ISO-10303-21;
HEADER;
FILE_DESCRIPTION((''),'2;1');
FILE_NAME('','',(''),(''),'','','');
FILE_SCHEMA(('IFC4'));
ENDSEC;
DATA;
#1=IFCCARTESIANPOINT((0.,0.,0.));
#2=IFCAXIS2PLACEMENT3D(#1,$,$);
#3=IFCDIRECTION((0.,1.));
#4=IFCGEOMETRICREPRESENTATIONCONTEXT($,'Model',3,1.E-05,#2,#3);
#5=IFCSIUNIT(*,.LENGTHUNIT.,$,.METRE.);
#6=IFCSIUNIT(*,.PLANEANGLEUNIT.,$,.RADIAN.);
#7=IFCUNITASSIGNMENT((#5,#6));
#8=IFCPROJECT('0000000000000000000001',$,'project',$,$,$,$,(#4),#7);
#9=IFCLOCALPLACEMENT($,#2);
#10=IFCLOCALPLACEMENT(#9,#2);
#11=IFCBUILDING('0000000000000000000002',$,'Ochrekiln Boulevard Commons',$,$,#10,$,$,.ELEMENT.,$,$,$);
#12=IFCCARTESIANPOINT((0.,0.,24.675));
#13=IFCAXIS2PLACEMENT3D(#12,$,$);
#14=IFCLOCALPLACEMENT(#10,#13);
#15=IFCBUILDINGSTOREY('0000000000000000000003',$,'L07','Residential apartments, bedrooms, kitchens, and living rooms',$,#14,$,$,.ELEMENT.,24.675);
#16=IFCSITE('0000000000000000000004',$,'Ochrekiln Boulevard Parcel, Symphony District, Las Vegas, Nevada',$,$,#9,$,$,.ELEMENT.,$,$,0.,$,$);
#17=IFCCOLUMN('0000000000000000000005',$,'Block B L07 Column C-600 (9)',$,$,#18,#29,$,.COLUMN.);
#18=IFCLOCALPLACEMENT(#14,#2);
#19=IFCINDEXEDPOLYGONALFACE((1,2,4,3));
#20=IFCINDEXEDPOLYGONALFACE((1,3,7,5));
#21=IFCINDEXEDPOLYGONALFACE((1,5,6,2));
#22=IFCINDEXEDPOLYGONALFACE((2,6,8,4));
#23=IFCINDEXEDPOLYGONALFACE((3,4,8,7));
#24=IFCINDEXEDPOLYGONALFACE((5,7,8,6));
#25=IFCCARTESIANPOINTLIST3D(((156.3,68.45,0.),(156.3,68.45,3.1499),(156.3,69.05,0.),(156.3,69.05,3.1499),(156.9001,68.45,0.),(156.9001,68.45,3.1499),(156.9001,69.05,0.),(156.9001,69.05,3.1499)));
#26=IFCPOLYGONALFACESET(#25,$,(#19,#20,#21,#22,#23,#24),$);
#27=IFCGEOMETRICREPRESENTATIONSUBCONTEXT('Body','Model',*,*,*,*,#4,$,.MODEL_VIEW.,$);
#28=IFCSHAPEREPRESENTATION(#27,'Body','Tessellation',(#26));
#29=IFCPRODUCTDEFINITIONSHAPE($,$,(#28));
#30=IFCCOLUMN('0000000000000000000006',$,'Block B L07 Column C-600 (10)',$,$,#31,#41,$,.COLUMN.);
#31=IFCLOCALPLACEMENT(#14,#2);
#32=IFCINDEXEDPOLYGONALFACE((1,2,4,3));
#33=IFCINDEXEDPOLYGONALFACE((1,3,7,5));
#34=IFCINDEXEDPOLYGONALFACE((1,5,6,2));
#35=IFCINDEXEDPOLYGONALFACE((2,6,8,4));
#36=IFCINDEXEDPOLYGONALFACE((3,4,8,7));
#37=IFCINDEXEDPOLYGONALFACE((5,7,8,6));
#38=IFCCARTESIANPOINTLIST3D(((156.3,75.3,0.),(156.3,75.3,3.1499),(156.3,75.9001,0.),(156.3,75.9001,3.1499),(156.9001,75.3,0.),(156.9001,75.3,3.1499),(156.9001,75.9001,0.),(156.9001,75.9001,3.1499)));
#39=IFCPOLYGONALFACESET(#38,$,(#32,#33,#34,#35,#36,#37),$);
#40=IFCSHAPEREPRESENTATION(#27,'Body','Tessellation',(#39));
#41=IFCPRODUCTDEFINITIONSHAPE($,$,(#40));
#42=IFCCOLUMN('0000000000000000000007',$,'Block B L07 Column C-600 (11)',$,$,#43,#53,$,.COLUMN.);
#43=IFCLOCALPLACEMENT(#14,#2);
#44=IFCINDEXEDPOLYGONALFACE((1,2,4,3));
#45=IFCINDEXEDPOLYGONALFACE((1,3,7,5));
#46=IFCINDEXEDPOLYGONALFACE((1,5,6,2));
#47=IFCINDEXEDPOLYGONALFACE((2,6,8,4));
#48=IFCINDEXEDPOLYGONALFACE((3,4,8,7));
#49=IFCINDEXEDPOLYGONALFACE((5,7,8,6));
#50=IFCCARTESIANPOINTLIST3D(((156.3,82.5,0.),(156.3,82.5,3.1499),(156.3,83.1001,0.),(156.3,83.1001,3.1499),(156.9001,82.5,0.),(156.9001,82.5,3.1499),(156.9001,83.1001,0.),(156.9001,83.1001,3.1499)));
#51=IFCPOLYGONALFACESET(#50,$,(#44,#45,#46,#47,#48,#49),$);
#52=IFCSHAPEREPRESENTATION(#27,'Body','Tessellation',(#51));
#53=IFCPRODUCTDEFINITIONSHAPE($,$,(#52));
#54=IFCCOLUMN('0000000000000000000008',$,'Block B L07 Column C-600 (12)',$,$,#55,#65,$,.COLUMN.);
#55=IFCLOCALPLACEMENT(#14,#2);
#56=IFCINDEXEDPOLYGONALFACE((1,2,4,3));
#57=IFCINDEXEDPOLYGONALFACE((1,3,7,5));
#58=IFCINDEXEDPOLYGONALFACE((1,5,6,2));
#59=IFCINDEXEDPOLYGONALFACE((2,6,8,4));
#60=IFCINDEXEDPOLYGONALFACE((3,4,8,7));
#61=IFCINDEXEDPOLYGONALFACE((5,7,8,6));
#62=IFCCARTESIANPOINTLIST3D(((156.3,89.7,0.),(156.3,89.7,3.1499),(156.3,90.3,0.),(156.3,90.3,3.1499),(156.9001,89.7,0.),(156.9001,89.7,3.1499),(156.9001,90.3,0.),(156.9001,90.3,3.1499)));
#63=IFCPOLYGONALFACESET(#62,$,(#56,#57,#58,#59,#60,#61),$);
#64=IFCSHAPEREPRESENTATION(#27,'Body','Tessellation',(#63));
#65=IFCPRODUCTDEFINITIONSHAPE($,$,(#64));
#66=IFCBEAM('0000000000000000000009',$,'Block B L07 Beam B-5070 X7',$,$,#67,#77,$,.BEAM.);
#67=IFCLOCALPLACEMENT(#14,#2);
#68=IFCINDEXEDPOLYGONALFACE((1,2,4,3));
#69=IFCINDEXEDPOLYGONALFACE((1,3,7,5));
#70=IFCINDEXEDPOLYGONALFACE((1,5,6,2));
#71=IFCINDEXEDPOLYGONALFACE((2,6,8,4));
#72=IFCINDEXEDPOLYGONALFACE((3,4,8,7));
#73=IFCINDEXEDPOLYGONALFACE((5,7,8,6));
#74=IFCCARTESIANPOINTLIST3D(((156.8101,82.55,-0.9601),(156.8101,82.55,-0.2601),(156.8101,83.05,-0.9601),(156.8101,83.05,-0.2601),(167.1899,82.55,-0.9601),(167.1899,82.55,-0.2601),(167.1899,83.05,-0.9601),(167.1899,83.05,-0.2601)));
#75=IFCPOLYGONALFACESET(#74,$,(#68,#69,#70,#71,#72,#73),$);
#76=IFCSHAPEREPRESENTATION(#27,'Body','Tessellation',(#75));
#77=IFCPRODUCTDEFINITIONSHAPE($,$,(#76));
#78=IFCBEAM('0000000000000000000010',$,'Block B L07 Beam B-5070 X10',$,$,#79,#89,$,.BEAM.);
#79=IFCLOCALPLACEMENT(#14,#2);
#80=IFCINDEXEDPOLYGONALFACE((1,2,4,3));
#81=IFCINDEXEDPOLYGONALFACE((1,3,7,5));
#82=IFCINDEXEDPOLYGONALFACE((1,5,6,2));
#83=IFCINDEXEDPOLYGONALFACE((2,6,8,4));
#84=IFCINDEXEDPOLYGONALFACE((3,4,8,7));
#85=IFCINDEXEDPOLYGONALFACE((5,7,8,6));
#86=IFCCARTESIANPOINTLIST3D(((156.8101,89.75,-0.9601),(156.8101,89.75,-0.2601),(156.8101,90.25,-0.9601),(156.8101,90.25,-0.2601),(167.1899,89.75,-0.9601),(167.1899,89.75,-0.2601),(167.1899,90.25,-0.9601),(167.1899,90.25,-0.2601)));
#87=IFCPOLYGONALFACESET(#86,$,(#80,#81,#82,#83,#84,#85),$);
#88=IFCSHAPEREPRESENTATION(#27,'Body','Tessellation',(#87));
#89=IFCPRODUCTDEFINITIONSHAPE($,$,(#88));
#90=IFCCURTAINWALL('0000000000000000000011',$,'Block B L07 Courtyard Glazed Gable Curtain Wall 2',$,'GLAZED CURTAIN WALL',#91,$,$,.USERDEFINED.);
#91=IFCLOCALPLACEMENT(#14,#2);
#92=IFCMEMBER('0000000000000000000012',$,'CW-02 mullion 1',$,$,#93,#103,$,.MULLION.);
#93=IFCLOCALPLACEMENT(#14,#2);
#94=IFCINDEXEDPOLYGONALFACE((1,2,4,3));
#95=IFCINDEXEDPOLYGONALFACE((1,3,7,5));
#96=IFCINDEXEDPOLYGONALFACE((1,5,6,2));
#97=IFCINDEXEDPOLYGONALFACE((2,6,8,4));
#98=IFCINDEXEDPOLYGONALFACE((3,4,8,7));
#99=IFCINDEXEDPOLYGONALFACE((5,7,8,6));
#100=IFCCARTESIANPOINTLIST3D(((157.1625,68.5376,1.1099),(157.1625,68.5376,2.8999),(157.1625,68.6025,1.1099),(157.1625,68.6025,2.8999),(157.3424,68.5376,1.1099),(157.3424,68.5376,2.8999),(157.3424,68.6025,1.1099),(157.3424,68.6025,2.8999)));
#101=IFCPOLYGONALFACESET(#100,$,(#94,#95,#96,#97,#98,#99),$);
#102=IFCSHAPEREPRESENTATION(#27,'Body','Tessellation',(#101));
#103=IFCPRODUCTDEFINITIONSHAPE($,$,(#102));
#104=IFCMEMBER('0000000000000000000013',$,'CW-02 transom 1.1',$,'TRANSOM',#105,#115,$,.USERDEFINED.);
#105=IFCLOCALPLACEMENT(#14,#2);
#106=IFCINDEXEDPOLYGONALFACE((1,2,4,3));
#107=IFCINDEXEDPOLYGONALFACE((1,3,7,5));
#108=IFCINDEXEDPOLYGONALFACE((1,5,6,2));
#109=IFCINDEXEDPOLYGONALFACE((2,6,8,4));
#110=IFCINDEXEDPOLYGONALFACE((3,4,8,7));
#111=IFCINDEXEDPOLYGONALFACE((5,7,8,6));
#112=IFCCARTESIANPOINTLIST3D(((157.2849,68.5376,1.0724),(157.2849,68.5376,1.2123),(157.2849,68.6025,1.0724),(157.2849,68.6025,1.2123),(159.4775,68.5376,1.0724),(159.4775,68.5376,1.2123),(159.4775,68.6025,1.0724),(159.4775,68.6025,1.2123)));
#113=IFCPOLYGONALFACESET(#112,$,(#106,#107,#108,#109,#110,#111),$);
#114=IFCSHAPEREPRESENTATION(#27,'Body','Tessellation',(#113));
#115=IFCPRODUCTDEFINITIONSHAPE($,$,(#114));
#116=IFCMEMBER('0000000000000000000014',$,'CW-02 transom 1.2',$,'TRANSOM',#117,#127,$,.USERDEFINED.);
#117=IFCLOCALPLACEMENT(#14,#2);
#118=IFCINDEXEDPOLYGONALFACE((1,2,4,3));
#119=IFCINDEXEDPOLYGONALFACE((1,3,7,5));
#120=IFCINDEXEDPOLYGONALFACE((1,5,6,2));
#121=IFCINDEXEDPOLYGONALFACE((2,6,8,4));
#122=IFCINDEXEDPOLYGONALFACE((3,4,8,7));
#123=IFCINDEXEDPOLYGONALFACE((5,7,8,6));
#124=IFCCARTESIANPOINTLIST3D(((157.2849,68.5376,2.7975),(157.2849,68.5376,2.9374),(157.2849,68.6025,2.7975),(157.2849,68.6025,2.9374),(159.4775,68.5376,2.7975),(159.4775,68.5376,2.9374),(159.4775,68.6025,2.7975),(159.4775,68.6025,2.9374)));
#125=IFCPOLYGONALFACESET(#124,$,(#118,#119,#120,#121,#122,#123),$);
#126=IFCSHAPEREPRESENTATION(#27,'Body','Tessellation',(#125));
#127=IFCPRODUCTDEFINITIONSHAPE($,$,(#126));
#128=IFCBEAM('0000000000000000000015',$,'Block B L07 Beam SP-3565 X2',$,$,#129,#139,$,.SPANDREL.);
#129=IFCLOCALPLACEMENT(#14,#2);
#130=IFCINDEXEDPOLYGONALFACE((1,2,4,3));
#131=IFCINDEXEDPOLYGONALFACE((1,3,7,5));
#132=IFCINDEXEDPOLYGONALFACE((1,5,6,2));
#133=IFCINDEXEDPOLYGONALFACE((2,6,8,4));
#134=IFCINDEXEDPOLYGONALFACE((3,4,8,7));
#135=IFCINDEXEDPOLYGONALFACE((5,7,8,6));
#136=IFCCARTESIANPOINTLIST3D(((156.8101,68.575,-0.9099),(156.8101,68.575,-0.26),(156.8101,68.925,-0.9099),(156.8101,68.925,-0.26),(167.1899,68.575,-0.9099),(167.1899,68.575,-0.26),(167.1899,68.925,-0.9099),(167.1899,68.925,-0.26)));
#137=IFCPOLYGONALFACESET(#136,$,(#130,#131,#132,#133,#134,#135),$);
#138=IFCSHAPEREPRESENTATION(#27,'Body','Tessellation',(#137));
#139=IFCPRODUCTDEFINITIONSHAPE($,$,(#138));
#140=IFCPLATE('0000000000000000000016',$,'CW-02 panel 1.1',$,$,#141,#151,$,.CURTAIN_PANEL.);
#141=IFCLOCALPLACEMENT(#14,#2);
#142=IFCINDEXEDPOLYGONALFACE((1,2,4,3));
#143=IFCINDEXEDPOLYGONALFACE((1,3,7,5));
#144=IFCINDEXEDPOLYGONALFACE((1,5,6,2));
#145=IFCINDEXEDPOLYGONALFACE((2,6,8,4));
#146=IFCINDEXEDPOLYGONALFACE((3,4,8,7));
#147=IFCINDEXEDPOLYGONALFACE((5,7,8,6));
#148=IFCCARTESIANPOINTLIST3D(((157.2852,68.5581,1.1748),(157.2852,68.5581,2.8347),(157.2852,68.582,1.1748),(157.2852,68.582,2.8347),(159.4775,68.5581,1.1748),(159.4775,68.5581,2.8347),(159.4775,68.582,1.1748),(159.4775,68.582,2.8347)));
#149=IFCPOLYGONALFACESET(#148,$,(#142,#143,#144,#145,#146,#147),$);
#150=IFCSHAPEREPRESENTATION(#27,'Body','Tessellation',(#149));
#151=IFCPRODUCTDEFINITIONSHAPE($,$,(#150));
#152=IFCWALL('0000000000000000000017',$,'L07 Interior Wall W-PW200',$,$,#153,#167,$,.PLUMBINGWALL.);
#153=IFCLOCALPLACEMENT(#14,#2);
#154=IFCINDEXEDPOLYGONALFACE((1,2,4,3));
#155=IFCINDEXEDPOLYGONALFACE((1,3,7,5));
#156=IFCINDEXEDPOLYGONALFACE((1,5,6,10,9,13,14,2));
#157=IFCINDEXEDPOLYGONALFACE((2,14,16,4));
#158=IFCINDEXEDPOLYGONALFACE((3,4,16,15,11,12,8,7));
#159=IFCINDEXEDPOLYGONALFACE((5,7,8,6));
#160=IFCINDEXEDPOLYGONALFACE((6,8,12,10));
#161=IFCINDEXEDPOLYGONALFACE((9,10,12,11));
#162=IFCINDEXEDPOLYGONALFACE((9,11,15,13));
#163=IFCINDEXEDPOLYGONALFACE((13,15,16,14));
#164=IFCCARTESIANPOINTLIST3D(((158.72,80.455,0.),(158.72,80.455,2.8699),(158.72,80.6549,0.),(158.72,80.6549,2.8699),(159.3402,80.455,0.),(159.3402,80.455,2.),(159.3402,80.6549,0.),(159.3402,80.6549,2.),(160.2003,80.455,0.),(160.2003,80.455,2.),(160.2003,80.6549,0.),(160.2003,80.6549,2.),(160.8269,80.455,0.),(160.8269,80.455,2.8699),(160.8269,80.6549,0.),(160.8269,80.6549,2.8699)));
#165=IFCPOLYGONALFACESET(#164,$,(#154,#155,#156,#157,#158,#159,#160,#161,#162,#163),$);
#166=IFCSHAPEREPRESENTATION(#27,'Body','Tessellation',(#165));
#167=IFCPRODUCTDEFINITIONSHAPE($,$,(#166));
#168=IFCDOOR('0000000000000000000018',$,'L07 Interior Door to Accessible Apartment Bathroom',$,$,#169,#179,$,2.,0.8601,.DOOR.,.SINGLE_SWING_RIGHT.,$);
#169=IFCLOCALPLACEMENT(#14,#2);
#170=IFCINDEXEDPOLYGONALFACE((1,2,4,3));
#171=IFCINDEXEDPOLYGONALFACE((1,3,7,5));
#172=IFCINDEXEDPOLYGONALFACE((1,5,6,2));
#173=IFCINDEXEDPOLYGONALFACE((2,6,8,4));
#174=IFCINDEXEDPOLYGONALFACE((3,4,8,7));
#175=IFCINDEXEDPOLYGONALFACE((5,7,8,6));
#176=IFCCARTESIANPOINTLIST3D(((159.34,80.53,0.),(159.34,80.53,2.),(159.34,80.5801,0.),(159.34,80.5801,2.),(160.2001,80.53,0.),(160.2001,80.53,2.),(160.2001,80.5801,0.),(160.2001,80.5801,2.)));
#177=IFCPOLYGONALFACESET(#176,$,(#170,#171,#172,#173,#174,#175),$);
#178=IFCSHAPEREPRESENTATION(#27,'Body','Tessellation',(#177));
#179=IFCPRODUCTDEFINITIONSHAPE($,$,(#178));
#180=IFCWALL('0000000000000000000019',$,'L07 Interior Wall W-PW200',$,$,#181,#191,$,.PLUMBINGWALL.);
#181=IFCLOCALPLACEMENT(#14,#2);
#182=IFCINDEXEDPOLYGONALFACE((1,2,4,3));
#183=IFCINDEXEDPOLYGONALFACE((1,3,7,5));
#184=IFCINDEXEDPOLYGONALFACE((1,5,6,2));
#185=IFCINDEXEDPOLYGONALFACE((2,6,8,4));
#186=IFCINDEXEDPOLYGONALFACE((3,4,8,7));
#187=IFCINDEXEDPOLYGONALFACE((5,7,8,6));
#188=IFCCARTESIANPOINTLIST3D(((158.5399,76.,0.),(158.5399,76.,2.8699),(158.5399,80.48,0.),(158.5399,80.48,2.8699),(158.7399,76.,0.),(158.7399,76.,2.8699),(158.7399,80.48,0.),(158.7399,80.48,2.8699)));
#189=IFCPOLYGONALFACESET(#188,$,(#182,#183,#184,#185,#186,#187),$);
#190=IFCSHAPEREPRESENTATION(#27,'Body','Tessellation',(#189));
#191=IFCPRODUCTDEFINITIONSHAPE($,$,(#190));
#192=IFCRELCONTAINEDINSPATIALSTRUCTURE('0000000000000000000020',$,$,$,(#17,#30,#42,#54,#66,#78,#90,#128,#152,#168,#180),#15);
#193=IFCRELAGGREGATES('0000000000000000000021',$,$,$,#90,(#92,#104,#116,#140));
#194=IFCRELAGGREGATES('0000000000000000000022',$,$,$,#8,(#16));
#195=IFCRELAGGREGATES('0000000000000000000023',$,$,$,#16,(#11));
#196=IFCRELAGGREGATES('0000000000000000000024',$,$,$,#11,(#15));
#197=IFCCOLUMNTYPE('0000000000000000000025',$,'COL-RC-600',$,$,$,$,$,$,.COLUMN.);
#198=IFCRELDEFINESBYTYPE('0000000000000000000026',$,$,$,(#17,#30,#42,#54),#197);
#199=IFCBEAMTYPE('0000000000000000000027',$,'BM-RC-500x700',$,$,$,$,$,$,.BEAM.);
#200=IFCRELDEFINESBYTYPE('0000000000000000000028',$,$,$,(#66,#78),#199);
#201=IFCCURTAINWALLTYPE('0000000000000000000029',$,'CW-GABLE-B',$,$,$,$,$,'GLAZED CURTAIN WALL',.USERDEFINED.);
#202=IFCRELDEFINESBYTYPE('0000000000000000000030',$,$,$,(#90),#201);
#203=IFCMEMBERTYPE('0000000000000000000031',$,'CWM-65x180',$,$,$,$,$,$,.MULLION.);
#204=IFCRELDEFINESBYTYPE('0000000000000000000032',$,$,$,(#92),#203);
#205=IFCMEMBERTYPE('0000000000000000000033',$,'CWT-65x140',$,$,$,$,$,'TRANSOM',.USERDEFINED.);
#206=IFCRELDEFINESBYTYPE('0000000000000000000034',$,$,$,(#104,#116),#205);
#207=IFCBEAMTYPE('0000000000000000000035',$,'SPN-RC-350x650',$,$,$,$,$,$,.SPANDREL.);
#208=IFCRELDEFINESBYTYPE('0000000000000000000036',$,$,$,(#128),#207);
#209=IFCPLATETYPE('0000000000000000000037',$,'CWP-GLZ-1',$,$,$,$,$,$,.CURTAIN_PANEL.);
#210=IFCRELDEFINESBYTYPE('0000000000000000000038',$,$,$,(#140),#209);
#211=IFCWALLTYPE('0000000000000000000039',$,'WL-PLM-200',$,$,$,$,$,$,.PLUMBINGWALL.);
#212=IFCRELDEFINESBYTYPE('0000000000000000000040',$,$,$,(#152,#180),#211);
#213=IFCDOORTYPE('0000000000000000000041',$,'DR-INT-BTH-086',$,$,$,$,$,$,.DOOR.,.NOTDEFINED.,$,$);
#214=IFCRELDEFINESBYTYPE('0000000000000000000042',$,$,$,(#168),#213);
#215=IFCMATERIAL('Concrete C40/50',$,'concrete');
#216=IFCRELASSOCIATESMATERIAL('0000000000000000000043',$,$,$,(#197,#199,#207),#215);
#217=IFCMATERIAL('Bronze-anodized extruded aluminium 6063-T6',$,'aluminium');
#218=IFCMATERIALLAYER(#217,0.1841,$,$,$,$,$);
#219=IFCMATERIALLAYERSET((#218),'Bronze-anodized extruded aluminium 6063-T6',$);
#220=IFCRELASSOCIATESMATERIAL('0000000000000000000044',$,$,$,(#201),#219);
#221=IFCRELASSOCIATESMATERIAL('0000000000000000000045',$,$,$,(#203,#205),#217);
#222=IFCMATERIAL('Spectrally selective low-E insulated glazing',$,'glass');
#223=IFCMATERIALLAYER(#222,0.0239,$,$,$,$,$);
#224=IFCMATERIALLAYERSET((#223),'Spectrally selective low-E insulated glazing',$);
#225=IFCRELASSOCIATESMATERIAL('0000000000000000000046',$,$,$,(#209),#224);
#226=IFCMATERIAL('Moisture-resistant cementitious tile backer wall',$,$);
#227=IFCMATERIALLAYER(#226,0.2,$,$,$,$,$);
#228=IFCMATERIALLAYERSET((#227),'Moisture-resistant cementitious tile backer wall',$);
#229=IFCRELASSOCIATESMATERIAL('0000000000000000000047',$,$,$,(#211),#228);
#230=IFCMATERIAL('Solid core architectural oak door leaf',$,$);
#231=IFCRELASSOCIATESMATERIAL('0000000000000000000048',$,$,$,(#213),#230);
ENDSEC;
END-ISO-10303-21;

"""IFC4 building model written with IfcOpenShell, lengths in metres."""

from ifc_helpers import new_model, si_unit, direction, frame, frame_2d, origin, origin_2d, place, context, subcontext, project, spatial, rectangle, extrude, material, layer, layer_set, material_profile, profile_set, type_object, element, fill, aggregate, save


model = new_model("IFC4")

# Units and contexts
model_context = context("Model", 3, precision=1e-05, world=origin(), true_north=direction((0.0, 1.0)))
body_context = subcontext(model_context, "Body", "Model", "MODEL_VIEW")
ifc_project = project(units=[si_unit("LENGTHUNIT", "METRE"), si_unit("PLANEANGLEUNIT", "RADIAN")], contexts=[model_context])

# Site, building, storey
site_placement = place(None, origin())
site = spatial("IfcSite", under=ifc_project, at=site_placement, Name="Ochrekiln Boulevard Parcel, Symphony District, Las Vegas, Nevada", CompositionType="ELEMENT", RefElevation=0.0)
building_placement = place(site_placement, origin())
building = spatial("IfcBuilding", under=site, at=building_placement, Name="Ochrekiln Boulevard Commons", CompositionType="ELEMENT")
storey_placement = place(building_placement, frame((0.0, 0.0, 24.675)))
storey = spatial("IfcBuildingStorey", under=building, at=storey_placement, Name="L07", Description="Residential apartments, bedrooms, kitchens, and living rooms", CompositionType="ELEMENT", Elevation=24.675)

# Columns
ifc_material_1 = material(Name="Concrete C40/50", Category="concrete")
ifc_material_profile_1 = material_profile(ifc_material_1, rectangle(XDim=0.6001, YDim=0.6001, at=origin_2d()), Name="RC-COL-600x600")
ifc_profile_set_1 = profile_set([ifc_material_profile_1], Name="Concrete C40/50")
column_type = type_object("IfcColumnType", Name="COL-RC-600", PredefinedType="COLUMN", material=ifc_profile_set_1)
for number, where, z_axis, x_axis, name in (
    (1, (156.6001, 68.75, 0.0), (0.0, 0.0, 1.0), (1.0, 0.0, 0.0), "Block B L07 Column C-600 (9)"),
    (2, (156.6001, 75.6001, 0.0), (0.0, 0.0, 1.0), (1.0, 0.0, 0.0), "Block B L07 Column C-600 (10)"),
    (3, (156.6001, 82.8, 0.0), (0.0, 0.0, 1.0), (1.0, 0.0, 0.0), "Block B L07 Column C-600 (11)"),
    (4, (156.6001, 90.0, 0.0), (0.0, 0.0, 1.0), (1.0, 0.0, 0.0), "Block B L07 Column C-600 (12)"),
):
    element("IfcColumn", number, at=place(storey_placement, frame(where, z_axis=z_axis, x_axis=x_axis)), inside=storey, type_object=column_type, Name=name, PredefinedType="COLUMN", context=body_context, shape_type="SweptSolid", body=[
        extrude(rectangle(XDim=0.6001, YDim=0.6001, at=origin_2d()), origin(), (0.0, 0.0, 1.0), 3.1499),
    ])

# Beams
ifc_material_profile_2 = material_profile(ifc_material_1, rectangle(XDim=0.5, YDim=0.7, at=origin_2d()), Name="RC-BM-500x700")
ifc_profile_set_2 = profile_set([ifc_material_profile_2], Name="Concrete C40/50")
beam_type_1 = type_object("IfcBeamType", Name="BM-RC-500x700", PredefinedType="BEAM", material=ifc_profile_set_2)
for number, where, z_axis, x_axis, name in (
    (5, (156.8101, 82.8, -0.6101), (1.0, 0.0, 0.0), (0.0, 1.0, 0.0), "Block B L07 Beam B-5070 X7"),
    (6, (156.8101, 90.0, -0.6101), (1.0, 0.0, 0.0), (0.0, 1.0, 0.0), "Block B L07 Beam B-5070 X10"),
):
    element("IfcBeam", number, at=place(storey_placement, frame(where, z_axis=z_axis, x_axis=x_axis)), inside=storey, type_object=beam_type_1, Name=name, PredefinedType="BEAM", context=body_context, shape_type="SweptSolid", body=[
        extrude(rectangle(XDim=0.5, YDim=0.7, at=origin_2d()), origin(), (0.0, 0.0, 1.0), 10.3799),
    ])

# Curtain wall, members
ifc_material_2 = material(Name="Bronze-anodized extruded aluminium 6063-T6", Category="aluminium")
ifc_layer_1 = layer(ifc_material_2, 0.1841)
ifc_layer_set_1 = layer_set([ifc_layer_1], Name="Bronze-anodized extruded aluminium 6063-T6")
curtain_wall_type = type_object("IfcCurtainWallType", Name="CW-GABLE-B", ElementType="GLAZED CURTAIN WALL", PredefinedType="USERDEFINED", material=ifc_layer_set_1)
curtain_wall_placement = place(storey_placement, origin())
curtain_wall = element("IfcCurtainWall", 7, at=curtain_wall_placement, inside=storey, type_object=curtain_wall_type, Name="Block B L07 Courtyard Glazed Gable Curtain Wall 2", ObjectType="GLAZED CURTAIN WALL", PredefinedType="USERDEFINED")
ifc_material_profile_3 = material_profile(ifc_material_2, rectangle(XDim=0.0649, YDim=0.1799, at=origin_2d()), Name="ALU-MUL-65x180")
ifc_profile_set_3 = profile_set([ifc_material_profile_3], Name="Bronze-anodized extruded aluminium 6063-T6")
member_type_1 = type_object("IfcMemberType", Name="CWM-65x180", PredefinedType="MULLION", material=ifc_profile_set_3)
member_1_placement = place(storey_placement, frame((157.2524, 68.5701, 1.1099), z_axis=(0.0, 0.0, 1.0), x_axis=(0.0, 1.0, 0.0)))
member_1 = element("IfcMember", 8, at=member_1_placement, type_object=member_type_1, Name="CW-02 mullion 1", PredefinedType="MULLION", context=body_context, shape_type="SweptSolid", body=[
    extrude(rectangle(XDim=0.0649, YDim=0.1799, at=origin_2d()), origin(), (0.0, 0.0, 1.0), 1.79),
])
ifc_material_profile_4 = material_profile(ifc_material_2, rectangle(XDim=0.0649, YDim=0.1399, at=origin_2d()), Name="ALU-TRN-65x140")
ifc_profile_set_4 = profile_set([ifc_material_profile_4], Name="Bronze-anodized extruded aluminium 6063-T6")
member_type_2 = type_object("IfcMemberType", Name="CWT-65x140", ElementType="TRANSOM", PredefinedType="USERDEFINED", material=ifc_profile_set_4)
member_2_placement = place(storey_placement, frame((157.2849, 68.5701, 1.1423), z_axis=(1.0, 0.0, 0.0), x_axis=(0.0, 1.0, 0.0)))
member_2 = element("IfcMember", 9, at=member_2_placement, type_object=member_type_2, Name="CW-02 transom 1.1", ObjectType="TRANSOM", PredefinedType="USERDEFINED", context=body_context, shape_type="SweptSolid", body=[
    extrude(rectangle(XDim=0.0649, YDim=0.1399, at=origin_2d()), origin(), (0.0, 0.0, 1.0), 2.1926),
])
member_3_placement = place(storey_placement, frame((157.2849, 68.5701, 2.8674), z_axis=(1.0, 0.0, 0.0), x_axis=(0.0, 1.0, 0.0)))
member_3 = element("IfcMember", 10, at=member_3_placement, type_object=member_type_2, Name="CW-02 transom 1.2", ObjectType="TRANSOM", PredefinedType="USERDEFINED", context=body_context, shape_type="SweptSolid", body=[
    extrude(rectangle(XDim=0.0649, YDim=0.1399, at=origin_2d()), origin(), (0.0, 0.0, 1.0), 2.1926),
])

# Beam
ifc_material_profile_5 = material_profile(ifc_material_1, rectangle(XDim=0.3501, YDim=0.6499, at=origin_2d()), Name="RC-SPN-350x650")
ifc_profile_set_5 = profile_set([ifc_material_profile_5], Name="Concrete C40/50")
beam_type_2 = type_object("IfcBeamType", Name="SPN-RC-350x650", PredefinedType="SPANDREL", material=ifc_profile_set_5)
beam_placement = place(storey_placement, frame((156.8101, 68.75, -0.585), z_axis=(1.0, 0.0, 0.0), x_axis=(0.0, 1.0, 0.0)))
element("IfcBeam", 11, at=beam_placement, inside=storey, type_object=beam_type_2, Name="Block B L07 Beam SP-3565 X2", PredefinedType="SPANDREL", context=body_context, shape_type="SweptSolid", body=[
    extrude(rectangle(XDim=0.3501, YDim=0.6499, at=origin_2d()), origin(), (0.0, 0.0, 1.0), 10.3799),
])

# Plate
ifc_material_3 = material(Name="Spectrally selective low-E insulated glazing", Category="glass")
ifc_layer_2 = layer(ifc_material_3, 0.0239)
ifc_layer_set_2 = layer_set([ifc_layer_2], Name="Spectrally selective low-E insulated glazing")
plate_type = type_object("IfcPlateType", Name="CWP-GLZ-1", PredefinedType="CURTAIN_PANEL", material=ifc_layer_set_2)
plate_placement = place(storey_placement, frame((158.3813, 68.5701, 1.1748), z_axis=(0.0, 0.0, 1.0), x_axis=(1.0, 0.0, 0.0)))
plate = element("IfcPlate", 12, at=plate_placement, type_object=plate_type, Name="CW-02 panel 1.1", PredefinedType="CURTAIN_PANEL", context=body_context, shape_type="SweptSolid", body=[
    extrude(rectangle(XDim=2.1924, YDim=0.0239, at=origin_2d()), origin(), (0.0, 0.0, 1.0), 1.6599),
])
aggregate(curtain_wall, [member_1, member_2, member_3, plate])

# Wall, opening, door
ifc_material_4 = material(Name="Moisture-resistant cementitious tile backer wall")
ifc_layer_3 = layer(ifc_material_4, 0.2)
ifc_layer_set_3 = layer_set([ifc_layer_3], Name="Moisture-resistant cementitious tile backer wall")
wall_type_1 = type_object("IfcWallType", Name="WL-PLM-200", PredefinedType="PLUMBINGWALL", material=ifc_layer_set_3)
wall_1_placement = place(storey_placement, frame((158.72, 80.5549, 0.0), z_axis=(0.0, 0.0, 1.0), x_axis=(1.0, 0.0, 0.0)))
wall_1 = element("IfcWall", 13, at=wall_1_placement, inside=storey, type_object=wall_type_1, Name="L07 Interior Wall W-PW200", PredefinedType="PLUMBINGWALL", context=body_context, shape_type="SweptSolid", body=[
    extrude(rectangle(XDim=2.1069, YDim=0.2, at=frame_2d((1.0535, 0.0))), origin(), (0.0, 0.0, 1.0), 2.8699),
])
opening_1_placement = place(wall_1_placement, frame((0.6201, 0.0, 0.0)))
opening_1 = element("IfcOpeningElement", 14, at=opening_1_placement, cuts=wall_1, PredefinedType="OPENING", context=body_context, shape_type="SweptSolid", body=[
    extrude(rectangle(XDim=0.8601, YDim=2.0, at=frame_2d((0.4302, 1.0))), frame((0.0, 0.1099, 0.0), z_axis=(0.0, -1.0, 0.0), x_axis=(1.0, 0.0, 0.0)), (0.0, 0.0, 1.0), 0.22),
])
ifc_material_5 = material(Name="Solid core architectural oak door leaf")
door_type_1 = type_object("IfcDoorType", Name="DR-INT-BTH-086", OperationType="NOTDEFINED", PredefinedType="DOOR", material=ifc_material_5)
door_1_placement = place(opening_1_placement, frame((0.8601, 0.0, 0.0), z_axis=(0.0, 0.0, 1.0), x_axis=(-1.0, 0.0, 0.0)))
door_1 = element("IfcDoor", 15, at=door_1_placement, inside=storey, type_object=door_type_1, Name="L07 Interior Door to Accessible Apartment Bathroom", OperationType="SINGLE_SWING_RIGHT", OverallHeight=2.0, OverallWidth=0.8601, PredefinedType="DOOR", context=body_context, shape_type="SweptSolid", body=[
    extrude(rectangle(XDim=0.8601, YDim=2.0, at=frame_2d((0.4302, 1.0))), frame((0.0, 0.0249, 0.0), z_axis=(0.0, -1.0, 0.0), x_axis=(1.0, 0.0, 0.0)), (0.0, 0.0, 1.0), 0.05),
])
fill(opening_1, door_1)

# Wall
wall_2_placement = place(storey_placement, frame((158.6399, 76.0, 0.0), z_axis=(0.0, 0.0, 1.0), x_axis=(0.0, 1.0, 0.0)))
element("IfcWall", 16, at=wall_2_placement, inside=storey, type_object=wall_type_1, Name="L07 Interior Wall W-PW200", PredefinedType="PLUMBINGWALL", context=body_context, shape_type="SweptSolid", body=[
    extrude(rectangle(XDim=4.48, YDim=0.2, at=frame_2d((2.24, 0.0))), origin(), (0.0, 0.0, 1.0), 2.8699),
])

save(model, "model.ifc")
